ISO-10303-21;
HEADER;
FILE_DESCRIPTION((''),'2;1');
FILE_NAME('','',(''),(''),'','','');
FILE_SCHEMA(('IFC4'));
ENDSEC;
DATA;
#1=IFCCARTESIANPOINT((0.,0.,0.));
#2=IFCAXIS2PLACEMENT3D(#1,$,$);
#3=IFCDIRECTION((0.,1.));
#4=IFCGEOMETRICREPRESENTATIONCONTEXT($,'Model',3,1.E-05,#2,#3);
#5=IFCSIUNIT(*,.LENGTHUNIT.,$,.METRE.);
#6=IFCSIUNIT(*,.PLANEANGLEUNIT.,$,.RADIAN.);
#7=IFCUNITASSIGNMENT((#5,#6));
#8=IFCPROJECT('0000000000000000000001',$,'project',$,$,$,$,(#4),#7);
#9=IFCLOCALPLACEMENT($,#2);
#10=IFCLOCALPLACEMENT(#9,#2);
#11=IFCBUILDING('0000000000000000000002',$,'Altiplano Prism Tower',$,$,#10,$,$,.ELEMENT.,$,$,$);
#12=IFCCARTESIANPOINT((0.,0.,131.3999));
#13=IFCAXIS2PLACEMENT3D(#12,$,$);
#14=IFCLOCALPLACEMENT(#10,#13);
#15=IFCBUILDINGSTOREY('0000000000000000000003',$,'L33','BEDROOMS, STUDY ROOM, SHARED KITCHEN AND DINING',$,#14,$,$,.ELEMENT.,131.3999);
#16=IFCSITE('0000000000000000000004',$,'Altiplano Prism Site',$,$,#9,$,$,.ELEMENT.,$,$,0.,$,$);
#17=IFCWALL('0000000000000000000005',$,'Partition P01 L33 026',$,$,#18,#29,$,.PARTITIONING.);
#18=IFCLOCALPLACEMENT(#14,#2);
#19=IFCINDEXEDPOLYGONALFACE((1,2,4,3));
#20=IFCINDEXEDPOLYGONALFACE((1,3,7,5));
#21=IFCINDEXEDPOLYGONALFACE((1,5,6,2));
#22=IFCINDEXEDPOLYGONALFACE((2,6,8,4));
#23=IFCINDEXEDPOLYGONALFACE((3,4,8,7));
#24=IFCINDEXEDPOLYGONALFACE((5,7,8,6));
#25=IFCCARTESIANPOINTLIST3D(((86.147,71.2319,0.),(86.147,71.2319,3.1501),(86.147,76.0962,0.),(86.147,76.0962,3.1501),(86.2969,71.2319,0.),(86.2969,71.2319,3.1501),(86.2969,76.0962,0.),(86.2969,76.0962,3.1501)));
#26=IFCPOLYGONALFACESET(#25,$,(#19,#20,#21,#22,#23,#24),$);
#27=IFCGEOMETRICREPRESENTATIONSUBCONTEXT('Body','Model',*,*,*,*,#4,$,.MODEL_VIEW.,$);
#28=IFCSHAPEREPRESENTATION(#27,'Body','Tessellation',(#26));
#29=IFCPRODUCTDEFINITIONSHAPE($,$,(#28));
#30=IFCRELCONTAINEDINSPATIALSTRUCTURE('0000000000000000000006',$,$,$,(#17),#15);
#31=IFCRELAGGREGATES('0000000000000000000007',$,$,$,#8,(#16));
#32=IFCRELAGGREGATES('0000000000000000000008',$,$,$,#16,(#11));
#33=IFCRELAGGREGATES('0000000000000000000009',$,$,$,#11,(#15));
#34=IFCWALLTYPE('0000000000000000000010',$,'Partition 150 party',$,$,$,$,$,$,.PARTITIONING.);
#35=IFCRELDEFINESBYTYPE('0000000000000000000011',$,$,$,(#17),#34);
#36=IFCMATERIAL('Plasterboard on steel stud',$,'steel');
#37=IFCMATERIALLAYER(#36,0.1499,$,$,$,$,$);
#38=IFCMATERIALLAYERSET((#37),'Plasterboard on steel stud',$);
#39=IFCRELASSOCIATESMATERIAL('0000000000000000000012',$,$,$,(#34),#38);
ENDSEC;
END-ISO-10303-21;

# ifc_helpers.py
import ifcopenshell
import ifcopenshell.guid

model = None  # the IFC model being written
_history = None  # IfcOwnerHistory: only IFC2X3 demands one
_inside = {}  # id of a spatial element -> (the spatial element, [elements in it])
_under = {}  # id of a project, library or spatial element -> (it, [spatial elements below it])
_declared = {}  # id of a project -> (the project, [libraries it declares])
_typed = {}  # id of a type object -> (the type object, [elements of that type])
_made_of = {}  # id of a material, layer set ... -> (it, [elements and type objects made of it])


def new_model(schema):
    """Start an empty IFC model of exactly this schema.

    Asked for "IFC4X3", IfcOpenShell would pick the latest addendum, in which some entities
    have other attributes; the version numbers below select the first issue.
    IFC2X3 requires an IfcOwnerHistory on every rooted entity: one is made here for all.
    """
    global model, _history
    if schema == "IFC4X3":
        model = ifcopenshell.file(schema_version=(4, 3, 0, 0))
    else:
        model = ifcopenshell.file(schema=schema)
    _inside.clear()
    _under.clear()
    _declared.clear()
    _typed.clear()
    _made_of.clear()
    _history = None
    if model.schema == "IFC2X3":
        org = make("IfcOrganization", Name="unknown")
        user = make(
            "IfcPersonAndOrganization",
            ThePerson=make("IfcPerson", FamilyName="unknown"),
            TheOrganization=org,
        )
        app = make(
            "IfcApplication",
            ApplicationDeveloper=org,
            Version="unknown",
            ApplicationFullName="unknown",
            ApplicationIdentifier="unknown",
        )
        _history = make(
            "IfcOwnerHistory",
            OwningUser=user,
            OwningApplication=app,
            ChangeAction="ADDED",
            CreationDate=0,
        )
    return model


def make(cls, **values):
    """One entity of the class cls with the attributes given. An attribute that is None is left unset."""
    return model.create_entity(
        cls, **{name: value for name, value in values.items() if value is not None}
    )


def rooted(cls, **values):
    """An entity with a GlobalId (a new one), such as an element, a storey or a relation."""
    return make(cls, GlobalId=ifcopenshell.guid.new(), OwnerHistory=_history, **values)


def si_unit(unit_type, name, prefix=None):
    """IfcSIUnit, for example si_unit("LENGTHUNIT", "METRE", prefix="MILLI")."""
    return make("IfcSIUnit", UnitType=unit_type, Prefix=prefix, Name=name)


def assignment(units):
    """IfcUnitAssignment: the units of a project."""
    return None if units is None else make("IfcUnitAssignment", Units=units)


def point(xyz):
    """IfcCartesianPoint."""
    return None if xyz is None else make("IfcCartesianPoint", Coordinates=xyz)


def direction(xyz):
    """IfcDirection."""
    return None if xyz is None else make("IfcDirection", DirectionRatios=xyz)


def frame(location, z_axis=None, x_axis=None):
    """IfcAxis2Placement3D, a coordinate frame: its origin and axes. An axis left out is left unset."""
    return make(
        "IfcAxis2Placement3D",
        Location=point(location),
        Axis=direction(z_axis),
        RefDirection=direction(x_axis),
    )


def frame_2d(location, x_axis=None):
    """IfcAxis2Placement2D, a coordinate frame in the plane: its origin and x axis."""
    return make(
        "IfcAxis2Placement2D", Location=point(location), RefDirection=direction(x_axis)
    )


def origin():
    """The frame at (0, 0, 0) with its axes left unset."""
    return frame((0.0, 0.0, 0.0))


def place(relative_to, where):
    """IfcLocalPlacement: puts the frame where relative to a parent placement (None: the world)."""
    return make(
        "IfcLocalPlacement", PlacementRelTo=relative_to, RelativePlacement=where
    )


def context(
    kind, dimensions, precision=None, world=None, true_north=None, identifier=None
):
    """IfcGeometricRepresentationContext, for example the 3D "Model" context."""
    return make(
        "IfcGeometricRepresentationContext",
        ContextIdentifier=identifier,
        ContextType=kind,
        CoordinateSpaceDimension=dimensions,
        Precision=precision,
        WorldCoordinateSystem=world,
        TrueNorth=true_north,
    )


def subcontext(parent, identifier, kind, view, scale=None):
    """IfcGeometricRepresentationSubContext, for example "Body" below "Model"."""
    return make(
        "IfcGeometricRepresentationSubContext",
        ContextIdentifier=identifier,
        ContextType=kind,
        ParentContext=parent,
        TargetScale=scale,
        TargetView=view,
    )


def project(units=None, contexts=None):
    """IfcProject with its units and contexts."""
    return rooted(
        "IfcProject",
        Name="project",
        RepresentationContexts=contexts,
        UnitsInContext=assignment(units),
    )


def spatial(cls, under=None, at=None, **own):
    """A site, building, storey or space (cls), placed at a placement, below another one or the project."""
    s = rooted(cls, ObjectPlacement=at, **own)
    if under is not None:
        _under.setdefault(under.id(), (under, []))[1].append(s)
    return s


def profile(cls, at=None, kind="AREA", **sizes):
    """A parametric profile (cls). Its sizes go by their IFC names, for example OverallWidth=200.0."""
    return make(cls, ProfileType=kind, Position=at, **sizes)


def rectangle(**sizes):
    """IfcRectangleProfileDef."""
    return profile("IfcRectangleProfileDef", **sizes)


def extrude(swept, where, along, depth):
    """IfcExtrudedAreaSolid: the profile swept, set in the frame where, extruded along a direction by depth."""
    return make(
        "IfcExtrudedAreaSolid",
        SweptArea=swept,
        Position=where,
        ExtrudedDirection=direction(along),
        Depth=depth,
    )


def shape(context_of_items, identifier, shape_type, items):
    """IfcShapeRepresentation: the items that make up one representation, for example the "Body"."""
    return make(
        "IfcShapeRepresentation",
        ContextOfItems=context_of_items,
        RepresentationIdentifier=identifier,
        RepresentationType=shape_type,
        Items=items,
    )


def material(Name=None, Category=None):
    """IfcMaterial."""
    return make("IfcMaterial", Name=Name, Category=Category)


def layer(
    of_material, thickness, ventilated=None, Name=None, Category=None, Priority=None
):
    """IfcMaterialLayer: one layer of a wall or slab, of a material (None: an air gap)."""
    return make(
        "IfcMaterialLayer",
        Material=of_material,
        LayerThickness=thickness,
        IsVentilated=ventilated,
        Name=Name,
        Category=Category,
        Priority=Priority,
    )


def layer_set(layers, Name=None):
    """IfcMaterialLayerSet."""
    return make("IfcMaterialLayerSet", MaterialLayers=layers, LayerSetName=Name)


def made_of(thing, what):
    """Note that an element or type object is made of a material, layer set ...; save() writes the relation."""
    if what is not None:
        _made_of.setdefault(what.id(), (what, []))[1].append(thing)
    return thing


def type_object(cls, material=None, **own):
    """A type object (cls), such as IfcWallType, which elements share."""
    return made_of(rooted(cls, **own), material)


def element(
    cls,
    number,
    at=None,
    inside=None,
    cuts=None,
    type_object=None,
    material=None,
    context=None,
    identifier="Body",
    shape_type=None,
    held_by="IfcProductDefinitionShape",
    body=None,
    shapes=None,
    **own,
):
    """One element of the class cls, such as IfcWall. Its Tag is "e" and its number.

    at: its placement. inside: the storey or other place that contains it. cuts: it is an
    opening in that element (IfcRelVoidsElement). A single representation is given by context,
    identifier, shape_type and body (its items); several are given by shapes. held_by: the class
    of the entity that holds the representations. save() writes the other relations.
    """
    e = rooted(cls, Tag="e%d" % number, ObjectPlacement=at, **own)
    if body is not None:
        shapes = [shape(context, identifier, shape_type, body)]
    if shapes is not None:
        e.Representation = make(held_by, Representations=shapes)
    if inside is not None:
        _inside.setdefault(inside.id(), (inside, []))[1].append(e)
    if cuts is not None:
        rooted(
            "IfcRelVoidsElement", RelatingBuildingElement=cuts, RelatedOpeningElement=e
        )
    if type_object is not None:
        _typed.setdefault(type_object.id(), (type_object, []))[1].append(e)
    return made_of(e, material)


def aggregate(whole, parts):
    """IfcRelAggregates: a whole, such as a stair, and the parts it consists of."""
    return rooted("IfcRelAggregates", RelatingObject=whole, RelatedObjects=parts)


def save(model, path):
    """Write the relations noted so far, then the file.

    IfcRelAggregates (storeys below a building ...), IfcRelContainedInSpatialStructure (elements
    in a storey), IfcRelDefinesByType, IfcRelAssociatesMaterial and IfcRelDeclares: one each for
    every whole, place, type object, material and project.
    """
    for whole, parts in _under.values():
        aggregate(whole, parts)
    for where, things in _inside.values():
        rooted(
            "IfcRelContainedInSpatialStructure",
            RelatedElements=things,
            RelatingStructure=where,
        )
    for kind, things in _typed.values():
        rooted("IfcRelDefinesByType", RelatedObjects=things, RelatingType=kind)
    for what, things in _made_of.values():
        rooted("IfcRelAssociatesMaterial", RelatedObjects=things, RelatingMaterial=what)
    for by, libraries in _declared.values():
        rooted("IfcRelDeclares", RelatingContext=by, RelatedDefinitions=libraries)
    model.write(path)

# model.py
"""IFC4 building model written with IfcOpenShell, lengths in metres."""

from ifc_helpers import new_model, si_unit, direction, frame, frame_2d, origin, place, context, subcontext, project, spatial, rectangle, extrude, material, layer, layer_set, type_object, element, save


model = new_model("IFC4")

# Units and contexts
model_context = context("Model", 3, precision=1e-05, world=origin(), true_north=direction((0.0, 1.0)))
body_context = subcontext(model_context, "Body", "Model", "MODEL_VIEW")
ifc_project = project(units=[si_unit("LENGTHUNIT", "METRE"), si_unit("PLANEANGLEUNIT", "RADIAN")], contexts=[model_context])

# Site, building, storey
site_placement = place(None, origin())
site = spatial("IfcSite", under=ifc_project, at=site_placement, Name="Altiplano Prism Site", CompositionType="ELEMENT", RefElevation=0.0)
building_placement = place(site_placement, origin())
building = spatial("IfcBuilding", under=site, at=building_placement, Name="Altiplano Prism Tower", CompositionType="ELEMENT")
storey_placement = place(building_placement, frame((0.0, 0.0, 131.3999)))
storey = spatial("IfcBuildingStorey", under=building, at=storey_placement, Name="L33", Description="BEDROOMS, STUDY ROOM, SHARED KITCHEN AND DINING", CompositionType="ELEMENT", Elevation=131.3999)

# Shared definitions
ifc_material_1 = material(Name="Plasterboard on steel stud", Category="steel")

# Wall
ifc_layer_1 = layer(ifc_material_1, 0.1499)
ifc_layer_set_1 = layer_set([ifc_layer_1], Name="Plasterboard on steel stud")
wall_type_1 = type_object("IfcWallType", Name="Partition 150 party", PredefinedType="PARTITIONING", material=ifc_layer_set_1)
wall_1_placement = place(storey_placement, frame((86.2219, 71.2319, 0.0), z_axis=(0.0, 0.0, 1.0), x_axis=(0.0, 1.0, 0.0)))
element("IfcWall", 1, at=wall_1_placement, inside=storey, type_object=wall_type_1, Name="Partition P01 L33 026", PredefinedType="PARTITIONING", context=body_context, shape_type="SweptSolid", body=[
    extrude(rectangle(XDim=4.8643, YDim=0.1499, at=frame_2d((2.4321, 0.0))), origin(), (0.0, 0.0, 1.0), 3.1501),
])

save(model, "model.ifc")
